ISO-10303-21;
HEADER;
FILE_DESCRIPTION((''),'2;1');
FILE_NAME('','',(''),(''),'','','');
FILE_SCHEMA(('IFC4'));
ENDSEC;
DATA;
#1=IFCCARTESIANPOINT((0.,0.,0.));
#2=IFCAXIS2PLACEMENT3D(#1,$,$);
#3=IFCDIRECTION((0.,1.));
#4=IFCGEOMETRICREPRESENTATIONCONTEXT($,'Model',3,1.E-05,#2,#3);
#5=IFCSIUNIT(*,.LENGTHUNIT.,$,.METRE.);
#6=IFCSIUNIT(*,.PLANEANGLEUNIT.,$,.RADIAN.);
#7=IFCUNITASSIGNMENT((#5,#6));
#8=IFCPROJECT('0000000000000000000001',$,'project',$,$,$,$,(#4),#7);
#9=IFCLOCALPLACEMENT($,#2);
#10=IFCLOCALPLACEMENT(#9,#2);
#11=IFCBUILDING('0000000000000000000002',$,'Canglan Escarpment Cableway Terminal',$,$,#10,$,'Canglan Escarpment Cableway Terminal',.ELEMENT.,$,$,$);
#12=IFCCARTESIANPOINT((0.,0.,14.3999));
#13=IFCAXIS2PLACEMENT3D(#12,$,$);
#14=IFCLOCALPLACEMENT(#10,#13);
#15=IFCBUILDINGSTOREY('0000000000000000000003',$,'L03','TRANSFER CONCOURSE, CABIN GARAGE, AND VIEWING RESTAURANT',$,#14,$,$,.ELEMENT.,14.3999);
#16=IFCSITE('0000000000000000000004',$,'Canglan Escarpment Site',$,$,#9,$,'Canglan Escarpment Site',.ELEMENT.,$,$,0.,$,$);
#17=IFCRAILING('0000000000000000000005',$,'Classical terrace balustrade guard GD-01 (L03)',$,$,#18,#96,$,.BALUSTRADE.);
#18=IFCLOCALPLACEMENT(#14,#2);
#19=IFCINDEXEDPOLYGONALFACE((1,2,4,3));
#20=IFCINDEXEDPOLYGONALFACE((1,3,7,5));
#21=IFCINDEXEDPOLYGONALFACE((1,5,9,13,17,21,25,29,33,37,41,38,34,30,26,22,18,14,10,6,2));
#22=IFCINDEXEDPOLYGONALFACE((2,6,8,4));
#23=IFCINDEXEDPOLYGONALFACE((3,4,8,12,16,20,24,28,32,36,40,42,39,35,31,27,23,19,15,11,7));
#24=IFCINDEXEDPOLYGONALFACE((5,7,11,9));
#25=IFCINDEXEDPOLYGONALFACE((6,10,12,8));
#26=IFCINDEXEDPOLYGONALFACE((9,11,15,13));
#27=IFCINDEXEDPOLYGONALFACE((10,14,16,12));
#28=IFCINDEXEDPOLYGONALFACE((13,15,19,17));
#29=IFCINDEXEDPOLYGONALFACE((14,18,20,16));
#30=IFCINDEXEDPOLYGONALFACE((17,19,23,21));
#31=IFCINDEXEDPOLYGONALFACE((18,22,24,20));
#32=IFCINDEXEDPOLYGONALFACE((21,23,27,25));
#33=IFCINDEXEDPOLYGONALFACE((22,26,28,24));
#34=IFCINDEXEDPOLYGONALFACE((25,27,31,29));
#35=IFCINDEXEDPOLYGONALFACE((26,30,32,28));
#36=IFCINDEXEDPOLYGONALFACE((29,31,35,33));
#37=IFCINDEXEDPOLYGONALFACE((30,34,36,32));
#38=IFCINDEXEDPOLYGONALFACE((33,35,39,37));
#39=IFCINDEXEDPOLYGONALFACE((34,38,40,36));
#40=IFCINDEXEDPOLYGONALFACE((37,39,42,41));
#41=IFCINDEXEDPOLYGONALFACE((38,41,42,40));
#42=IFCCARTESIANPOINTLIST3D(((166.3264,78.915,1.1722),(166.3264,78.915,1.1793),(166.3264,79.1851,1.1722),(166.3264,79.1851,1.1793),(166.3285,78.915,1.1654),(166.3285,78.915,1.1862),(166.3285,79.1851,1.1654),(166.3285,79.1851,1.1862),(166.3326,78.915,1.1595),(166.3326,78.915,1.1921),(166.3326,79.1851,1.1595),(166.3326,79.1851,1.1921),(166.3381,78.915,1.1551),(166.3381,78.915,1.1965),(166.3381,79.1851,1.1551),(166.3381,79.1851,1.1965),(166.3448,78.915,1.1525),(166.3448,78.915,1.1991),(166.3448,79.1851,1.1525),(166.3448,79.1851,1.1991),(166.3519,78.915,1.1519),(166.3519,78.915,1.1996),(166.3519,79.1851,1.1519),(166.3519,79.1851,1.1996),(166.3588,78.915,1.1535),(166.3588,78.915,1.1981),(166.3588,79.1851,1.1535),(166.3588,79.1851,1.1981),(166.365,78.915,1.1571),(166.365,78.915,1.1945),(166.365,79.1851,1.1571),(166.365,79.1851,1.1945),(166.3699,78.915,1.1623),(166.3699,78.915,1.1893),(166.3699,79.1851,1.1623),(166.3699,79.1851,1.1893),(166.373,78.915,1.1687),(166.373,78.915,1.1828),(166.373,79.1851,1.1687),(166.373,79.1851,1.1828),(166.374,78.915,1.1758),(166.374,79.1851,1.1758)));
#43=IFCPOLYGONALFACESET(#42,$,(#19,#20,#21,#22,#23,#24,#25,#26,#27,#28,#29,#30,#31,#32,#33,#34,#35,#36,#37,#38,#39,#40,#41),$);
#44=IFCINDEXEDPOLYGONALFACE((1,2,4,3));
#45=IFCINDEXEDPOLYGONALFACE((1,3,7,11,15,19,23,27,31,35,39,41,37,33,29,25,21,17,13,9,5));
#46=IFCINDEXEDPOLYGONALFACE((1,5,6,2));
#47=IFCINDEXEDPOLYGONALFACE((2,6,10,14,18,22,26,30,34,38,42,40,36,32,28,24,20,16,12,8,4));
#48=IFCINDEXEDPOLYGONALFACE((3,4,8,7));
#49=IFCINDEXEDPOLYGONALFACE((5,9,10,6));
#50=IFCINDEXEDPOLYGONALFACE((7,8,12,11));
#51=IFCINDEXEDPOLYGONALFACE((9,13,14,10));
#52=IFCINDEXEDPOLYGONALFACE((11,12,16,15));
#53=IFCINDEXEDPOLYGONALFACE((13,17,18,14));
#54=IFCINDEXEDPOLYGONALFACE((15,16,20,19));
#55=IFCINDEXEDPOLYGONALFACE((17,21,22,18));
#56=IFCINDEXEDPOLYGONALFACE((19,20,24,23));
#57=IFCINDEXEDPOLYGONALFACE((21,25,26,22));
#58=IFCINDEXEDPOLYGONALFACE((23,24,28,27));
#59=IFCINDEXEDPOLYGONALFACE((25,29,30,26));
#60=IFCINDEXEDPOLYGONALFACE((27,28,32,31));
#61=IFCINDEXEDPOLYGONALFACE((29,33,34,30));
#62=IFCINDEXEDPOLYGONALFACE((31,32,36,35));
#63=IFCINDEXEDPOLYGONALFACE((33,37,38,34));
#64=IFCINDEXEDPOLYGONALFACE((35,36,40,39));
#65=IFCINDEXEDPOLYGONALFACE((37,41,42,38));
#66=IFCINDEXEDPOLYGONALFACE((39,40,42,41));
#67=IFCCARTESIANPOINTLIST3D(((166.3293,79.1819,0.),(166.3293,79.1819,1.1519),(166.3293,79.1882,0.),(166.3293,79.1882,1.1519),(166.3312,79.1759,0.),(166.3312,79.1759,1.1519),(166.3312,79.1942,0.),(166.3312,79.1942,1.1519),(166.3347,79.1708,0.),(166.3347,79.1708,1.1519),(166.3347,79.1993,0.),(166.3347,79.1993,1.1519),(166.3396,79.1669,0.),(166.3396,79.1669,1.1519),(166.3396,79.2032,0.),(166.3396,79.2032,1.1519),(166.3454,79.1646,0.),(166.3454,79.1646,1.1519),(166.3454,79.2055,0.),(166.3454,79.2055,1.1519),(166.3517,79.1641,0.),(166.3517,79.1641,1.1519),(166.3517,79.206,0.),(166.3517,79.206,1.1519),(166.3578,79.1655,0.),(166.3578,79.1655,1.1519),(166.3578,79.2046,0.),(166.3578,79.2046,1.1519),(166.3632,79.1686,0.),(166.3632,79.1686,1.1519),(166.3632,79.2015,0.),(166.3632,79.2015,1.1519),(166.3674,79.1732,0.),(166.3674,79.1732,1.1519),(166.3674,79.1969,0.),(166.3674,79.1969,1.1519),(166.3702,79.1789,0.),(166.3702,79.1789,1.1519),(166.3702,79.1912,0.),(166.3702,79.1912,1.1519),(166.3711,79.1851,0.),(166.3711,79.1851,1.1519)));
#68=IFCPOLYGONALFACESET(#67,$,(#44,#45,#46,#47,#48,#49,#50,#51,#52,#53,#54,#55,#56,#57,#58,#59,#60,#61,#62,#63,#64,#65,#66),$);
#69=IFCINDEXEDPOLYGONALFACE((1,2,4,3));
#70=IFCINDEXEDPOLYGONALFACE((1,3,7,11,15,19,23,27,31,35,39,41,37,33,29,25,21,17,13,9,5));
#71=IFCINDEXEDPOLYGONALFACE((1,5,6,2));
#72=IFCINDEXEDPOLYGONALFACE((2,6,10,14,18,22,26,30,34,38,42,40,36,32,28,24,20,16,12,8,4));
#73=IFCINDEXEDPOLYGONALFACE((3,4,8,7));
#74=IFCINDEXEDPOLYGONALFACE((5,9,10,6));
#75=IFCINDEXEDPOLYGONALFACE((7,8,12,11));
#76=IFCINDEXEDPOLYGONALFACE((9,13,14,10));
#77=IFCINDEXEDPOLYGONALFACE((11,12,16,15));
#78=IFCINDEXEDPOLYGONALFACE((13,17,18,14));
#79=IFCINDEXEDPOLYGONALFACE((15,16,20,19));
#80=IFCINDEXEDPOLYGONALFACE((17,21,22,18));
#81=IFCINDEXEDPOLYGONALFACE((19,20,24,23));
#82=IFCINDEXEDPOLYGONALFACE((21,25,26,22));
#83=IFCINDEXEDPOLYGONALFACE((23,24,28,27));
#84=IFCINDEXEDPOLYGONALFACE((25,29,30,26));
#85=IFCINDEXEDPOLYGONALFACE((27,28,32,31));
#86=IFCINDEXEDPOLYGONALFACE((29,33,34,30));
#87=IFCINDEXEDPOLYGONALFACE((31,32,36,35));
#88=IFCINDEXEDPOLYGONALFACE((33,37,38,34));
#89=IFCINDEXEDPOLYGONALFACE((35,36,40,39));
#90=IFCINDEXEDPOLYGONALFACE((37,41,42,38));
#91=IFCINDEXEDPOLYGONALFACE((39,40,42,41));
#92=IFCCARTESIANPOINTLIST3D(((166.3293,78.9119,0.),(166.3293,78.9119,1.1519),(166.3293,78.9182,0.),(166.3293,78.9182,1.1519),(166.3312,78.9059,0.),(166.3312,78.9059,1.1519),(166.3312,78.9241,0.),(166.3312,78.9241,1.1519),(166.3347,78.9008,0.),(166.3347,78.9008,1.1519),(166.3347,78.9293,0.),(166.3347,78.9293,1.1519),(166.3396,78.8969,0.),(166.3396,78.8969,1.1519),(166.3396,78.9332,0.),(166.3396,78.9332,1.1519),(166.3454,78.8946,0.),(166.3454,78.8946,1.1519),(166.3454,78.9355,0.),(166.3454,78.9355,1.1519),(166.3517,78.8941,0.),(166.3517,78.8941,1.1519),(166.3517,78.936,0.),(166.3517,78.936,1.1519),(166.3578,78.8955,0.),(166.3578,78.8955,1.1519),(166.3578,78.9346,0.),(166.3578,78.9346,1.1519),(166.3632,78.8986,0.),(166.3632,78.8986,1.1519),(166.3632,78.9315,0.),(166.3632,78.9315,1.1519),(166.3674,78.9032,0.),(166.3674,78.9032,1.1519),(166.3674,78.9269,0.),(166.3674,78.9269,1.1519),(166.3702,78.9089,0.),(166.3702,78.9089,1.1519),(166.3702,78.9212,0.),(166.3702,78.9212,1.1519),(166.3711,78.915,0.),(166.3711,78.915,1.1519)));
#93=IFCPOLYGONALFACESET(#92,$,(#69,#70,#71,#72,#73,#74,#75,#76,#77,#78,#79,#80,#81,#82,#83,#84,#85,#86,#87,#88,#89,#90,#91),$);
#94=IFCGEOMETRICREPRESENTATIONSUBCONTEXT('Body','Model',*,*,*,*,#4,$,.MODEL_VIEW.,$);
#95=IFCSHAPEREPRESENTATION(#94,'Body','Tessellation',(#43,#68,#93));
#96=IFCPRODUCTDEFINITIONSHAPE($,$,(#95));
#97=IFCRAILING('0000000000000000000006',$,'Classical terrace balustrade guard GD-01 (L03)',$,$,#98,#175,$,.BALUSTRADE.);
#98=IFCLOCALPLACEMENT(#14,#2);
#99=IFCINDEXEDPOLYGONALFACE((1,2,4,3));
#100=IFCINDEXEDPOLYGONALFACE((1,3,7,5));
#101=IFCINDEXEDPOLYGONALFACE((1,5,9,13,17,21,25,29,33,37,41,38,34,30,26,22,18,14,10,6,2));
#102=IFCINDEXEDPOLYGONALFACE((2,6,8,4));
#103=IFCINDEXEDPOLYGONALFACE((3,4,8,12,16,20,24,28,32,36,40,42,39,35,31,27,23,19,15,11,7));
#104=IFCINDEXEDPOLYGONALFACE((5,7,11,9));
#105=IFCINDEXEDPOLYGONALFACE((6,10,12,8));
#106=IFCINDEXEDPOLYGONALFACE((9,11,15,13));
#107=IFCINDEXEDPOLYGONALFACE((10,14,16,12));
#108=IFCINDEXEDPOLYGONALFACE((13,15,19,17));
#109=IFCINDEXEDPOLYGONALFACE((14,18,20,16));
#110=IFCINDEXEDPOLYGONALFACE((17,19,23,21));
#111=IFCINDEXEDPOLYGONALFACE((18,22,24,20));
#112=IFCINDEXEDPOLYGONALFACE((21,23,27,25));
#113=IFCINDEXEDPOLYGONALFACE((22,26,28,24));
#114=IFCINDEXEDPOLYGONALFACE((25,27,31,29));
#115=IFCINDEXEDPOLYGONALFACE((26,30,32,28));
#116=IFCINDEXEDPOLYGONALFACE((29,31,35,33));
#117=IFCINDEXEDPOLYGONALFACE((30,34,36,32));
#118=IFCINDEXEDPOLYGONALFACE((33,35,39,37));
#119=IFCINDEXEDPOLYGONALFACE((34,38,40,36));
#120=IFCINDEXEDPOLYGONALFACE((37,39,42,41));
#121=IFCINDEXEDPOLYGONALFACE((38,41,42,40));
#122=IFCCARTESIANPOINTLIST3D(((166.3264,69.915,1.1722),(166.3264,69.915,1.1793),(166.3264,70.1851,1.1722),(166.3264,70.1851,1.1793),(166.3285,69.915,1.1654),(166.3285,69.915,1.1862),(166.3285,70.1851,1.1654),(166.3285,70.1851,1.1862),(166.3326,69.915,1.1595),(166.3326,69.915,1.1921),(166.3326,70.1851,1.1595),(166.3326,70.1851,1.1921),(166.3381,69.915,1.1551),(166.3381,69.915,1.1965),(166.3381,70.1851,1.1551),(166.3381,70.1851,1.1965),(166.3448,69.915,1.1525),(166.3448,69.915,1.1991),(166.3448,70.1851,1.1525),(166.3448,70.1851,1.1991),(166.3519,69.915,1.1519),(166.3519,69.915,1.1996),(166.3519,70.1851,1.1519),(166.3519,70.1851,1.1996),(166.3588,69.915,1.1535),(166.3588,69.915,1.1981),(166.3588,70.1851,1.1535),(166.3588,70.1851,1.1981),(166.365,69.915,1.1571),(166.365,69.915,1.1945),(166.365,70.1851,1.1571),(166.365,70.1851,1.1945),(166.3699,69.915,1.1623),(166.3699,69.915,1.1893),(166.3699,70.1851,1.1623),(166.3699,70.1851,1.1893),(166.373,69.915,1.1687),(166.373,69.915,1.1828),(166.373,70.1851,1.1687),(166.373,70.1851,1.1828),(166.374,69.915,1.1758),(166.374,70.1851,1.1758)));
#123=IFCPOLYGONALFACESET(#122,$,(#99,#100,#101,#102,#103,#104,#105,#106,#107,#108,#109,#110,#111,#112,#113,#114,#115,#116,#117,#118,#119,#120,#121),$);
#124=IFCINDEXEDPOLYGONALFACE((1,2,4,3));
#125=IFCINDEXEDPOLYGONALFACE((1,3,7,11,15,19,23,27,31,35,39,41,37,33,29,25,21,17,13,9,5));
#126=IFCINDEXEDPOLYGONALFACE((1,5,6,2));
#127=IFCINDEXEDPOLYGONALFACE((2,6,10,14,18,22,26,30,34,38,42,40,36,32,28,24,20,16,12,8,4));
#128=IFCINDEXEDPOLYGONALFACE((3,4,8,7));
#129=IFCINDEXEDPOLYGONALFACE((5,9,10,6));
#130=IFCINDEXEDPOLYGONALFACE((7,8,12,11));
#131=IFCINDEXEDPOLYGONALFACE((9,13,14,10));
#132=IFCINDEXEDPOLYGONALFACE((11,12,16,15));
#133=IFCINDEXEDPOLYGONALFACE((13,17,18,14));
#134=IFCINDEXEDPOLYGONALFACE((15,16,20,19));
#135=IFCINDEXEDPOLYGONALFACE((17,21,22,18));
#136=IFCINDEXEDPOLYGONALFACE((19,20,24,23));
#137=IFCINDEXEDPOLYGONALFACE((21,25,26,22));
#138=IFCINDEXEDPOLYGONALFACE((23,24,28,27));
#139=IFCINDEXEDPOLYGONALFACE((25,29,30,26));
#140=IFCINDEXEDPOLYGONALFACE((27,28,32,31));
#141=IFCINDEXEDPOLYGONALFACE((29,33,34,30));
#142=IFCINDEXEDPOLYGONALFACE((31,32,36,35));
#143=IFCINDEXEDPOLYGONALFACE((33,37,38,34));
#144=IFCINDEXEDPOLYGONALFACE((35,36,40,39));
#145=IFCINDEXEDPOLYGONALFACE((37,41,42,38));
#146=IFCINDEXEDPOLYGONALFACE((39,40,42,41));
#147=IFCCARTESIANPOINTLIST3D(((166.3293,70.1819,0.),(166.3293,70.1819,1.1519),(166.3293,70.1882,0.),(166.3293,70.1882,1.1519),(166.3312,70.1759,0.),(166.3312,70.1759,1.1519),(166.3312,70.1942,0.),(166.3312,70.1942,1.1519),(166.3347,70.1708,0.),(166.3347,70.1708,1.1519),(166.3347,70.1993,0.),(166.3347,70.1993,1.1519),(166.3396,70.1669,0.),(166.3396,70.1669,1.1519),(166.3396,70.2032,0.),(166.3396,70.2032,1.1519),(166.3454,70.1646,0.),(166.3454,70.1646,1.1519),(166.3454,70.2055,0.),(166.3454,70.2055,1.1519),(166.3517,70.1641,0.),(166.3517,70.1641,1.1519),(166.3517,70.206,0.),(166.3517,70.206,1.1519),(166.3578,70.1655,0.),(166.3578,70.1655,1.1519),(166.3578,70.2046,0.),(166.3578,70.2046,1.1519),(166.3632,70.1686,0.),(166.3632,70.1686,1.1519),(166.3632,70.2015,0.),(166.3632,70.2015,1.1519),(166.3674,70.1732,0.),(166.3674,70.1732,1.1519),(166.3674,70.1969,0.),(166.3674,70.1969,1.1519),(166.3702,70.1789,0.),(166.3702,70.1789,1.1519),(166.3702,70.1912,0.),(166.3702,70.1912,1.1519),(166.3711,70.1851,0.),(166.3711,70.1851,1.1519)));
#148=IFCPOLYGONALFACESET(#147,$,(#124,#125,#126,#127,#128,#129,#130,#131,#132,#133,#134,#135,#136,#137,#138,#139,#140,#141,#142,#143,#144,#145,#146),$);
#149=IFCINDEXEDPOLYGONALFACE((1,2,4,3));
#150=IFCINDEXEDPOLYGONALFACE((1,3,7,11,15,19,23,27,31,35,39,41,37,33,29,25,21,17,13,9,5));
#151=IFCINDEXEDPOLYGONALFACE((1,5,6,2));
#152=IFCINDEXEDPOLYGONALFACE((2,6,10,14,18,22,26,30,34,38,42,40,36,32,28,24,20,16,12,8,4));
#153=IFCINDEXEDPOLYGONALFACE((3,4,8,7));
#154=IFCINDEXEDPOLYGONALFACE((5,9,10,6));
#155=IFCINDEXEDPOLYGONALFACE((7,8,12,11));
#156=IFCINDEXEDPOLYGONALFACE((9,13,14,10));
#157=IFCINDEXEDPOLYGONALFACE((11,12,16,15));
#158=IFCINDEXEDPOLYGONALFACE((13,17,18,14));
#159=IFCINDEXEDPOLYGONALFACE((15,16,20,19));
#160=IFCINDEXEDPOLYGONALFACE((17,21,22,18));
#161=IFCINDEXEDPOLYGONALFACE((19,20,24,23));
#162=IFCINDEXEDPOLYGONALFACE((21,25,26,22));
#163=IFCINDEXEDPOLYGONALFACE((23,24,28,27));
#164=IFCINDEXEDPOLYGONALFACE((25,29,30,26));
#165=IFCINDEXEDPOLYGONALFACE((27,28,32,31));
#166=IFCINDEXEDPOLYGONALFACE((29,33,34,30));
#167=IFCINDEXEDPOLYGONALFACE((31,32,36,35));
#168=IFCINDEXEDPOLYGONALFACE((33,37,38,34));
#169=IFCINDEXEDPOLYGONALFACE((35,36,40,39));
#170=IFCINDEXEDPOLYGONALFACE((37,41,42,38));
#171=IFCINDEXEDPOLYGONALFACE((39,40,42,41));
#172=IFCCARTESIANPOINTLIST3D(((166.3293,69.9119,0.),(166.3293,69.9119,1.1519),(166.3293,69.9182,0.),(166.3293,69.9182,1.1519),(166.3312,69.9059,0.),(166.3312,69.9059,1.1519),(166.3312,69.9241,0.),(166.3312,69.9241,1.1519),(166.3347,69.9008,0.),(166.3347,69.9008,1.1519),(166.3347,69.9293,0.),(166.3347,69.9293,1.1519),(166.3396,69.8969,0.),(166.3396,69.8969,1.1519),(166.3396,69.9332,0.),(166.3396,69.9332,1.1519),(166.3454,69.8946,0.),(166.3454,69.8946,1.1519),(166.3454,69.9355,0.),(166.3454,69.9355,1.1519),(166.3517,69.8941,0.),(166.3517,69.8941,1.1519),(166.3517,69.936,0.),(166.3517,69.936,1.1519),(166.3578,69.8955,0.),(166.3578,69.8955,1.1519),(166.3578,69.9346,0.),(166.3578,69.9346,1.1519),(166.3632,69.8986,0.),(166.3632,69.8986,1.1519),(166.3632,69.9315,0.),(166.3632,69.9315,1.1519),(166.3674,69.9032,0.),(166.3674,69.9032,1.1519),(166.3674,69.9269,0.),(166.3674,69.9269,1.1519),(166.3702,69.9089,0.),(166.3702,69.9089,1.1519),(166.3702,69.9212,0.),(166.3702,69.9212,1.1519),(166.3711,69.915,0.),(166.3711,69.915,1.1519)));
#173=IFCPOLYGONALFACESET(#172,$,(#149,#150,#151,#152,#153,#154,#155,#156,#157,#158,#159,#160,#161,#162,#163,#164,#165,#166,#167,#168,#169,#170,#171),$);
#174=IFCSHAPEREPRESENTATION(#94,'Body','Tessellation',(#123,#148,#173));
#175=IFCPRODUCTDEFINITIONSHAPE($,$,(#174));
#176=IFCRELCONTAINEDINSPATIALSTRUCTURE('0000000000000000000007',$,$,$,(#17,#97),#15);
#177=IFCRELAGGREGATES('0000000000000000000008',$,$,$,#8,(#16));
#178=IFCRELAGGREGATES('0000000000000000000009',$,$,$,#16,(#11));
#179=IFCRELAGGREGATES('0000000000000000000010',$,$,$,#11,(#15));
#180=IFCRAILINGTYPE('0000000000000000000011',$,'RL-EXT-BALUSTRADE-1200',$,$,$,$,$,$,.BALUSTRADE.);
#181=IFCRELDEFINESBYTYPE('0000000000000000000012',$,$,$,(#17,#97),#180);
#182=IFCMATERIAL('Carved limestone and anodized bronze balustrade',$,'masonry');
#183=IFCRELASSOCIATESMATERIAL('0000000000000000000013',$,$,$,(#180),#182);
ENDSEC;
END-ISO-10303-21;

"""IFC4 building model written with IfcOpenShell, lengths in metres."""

from ifc_helpers import new_model, si_unit, direction, frame, origin, origin_2d, place, context, subcontext, project, spatial, circle, extrude, material, type_object, element, save


model = new_model("IFC4")

# Units and contexts
model_context = context("Model", 3, precision=1e-05, world=origin(), true_north=direction((0.0, 1.0)))
body_context = subcontext(model_context, "Body", "Model", "MODEL_VIEW")
ifc_project = project(units=[si_unit("LENGTHUNIT", "METRE"), si_unit("PLANEANGLEUNIT", "RADIAN")], contexts=[model_context])

# Site, building, storey
site_placement = place(None, origin())
site = spatial("IfcSite", under=ifc_project, at=site_placement, Name="Canglan Escarpment Site", LongName="Canglan Escarpment Site", CompositionType="ELEMENT", RefElevation=0.0)
building_placement = place(site_placement, origin())
building = spatial("IfcBuilding", under=site, at=building_placement, Name="Canglan Escarpment Cableway Terminal", LongName="Canglan Escarpment Cableway Terminal", CompositionType="ELEMENT")
storey_placement = place(building_placement, frame((0.0, 0.0, 14.3999)))
storey = spatial("IfcBuildingStorey", under=building, at=storey_placement, Name="L03", Description="TRANSFER CONCOURSE, CABIN GARAGE, AND VIEWING RESTAURANT", CompositionType="ELEMENT", Elevation=14.3999)

# Railings
ifc_material_1 = material(Name="Carved limestone and anodized bronze balustrade", Category="masonry")
railing_type = type_object("IfcRailingType", Name="RL-EXT-BALUSTRADE-1200", PredefinedType="BALUSTRADE", material=ifc_material_1)
for number, where, name in (
    (1, (166.3501, 79.1851, 0.0), "Classical terrace balustrade guard GD-01 (L03)"),
    (2, (166.3501, 70.1851, 0.0), "Classical terrace balustrade guard GD-01 (L03)"),
):
    element("IfcRailing", number, at=place(storey_placement, frame(where)), inside=storey, type_object=railing_type, Name=name, PredefinedType="BALUSTRADE", context=body_context, shape_type="SweptSolid", body=[
        extrude(circle(Radius=0.0239, at=origin_2d()), frame((0.0, 0.0, 1.1758), z_axis=(0.0, -1.0, 0.0), x_axis=(1.0, 0.0, 0.0)), (0.0, 0.0, 1.0), 0.27),
        extrude(circle(Radius=0.021, at=origin_2d()), origin(), (0.0, 0.0, 1.0), 1.1519),
        extrude(circle(Radius=0.021, at=origin_2d()), frame((0.0, -0.27, 0.0)), (0.0, 0.0, 1.0), 1.1519),
    ])

save(model, "model.ifc")
